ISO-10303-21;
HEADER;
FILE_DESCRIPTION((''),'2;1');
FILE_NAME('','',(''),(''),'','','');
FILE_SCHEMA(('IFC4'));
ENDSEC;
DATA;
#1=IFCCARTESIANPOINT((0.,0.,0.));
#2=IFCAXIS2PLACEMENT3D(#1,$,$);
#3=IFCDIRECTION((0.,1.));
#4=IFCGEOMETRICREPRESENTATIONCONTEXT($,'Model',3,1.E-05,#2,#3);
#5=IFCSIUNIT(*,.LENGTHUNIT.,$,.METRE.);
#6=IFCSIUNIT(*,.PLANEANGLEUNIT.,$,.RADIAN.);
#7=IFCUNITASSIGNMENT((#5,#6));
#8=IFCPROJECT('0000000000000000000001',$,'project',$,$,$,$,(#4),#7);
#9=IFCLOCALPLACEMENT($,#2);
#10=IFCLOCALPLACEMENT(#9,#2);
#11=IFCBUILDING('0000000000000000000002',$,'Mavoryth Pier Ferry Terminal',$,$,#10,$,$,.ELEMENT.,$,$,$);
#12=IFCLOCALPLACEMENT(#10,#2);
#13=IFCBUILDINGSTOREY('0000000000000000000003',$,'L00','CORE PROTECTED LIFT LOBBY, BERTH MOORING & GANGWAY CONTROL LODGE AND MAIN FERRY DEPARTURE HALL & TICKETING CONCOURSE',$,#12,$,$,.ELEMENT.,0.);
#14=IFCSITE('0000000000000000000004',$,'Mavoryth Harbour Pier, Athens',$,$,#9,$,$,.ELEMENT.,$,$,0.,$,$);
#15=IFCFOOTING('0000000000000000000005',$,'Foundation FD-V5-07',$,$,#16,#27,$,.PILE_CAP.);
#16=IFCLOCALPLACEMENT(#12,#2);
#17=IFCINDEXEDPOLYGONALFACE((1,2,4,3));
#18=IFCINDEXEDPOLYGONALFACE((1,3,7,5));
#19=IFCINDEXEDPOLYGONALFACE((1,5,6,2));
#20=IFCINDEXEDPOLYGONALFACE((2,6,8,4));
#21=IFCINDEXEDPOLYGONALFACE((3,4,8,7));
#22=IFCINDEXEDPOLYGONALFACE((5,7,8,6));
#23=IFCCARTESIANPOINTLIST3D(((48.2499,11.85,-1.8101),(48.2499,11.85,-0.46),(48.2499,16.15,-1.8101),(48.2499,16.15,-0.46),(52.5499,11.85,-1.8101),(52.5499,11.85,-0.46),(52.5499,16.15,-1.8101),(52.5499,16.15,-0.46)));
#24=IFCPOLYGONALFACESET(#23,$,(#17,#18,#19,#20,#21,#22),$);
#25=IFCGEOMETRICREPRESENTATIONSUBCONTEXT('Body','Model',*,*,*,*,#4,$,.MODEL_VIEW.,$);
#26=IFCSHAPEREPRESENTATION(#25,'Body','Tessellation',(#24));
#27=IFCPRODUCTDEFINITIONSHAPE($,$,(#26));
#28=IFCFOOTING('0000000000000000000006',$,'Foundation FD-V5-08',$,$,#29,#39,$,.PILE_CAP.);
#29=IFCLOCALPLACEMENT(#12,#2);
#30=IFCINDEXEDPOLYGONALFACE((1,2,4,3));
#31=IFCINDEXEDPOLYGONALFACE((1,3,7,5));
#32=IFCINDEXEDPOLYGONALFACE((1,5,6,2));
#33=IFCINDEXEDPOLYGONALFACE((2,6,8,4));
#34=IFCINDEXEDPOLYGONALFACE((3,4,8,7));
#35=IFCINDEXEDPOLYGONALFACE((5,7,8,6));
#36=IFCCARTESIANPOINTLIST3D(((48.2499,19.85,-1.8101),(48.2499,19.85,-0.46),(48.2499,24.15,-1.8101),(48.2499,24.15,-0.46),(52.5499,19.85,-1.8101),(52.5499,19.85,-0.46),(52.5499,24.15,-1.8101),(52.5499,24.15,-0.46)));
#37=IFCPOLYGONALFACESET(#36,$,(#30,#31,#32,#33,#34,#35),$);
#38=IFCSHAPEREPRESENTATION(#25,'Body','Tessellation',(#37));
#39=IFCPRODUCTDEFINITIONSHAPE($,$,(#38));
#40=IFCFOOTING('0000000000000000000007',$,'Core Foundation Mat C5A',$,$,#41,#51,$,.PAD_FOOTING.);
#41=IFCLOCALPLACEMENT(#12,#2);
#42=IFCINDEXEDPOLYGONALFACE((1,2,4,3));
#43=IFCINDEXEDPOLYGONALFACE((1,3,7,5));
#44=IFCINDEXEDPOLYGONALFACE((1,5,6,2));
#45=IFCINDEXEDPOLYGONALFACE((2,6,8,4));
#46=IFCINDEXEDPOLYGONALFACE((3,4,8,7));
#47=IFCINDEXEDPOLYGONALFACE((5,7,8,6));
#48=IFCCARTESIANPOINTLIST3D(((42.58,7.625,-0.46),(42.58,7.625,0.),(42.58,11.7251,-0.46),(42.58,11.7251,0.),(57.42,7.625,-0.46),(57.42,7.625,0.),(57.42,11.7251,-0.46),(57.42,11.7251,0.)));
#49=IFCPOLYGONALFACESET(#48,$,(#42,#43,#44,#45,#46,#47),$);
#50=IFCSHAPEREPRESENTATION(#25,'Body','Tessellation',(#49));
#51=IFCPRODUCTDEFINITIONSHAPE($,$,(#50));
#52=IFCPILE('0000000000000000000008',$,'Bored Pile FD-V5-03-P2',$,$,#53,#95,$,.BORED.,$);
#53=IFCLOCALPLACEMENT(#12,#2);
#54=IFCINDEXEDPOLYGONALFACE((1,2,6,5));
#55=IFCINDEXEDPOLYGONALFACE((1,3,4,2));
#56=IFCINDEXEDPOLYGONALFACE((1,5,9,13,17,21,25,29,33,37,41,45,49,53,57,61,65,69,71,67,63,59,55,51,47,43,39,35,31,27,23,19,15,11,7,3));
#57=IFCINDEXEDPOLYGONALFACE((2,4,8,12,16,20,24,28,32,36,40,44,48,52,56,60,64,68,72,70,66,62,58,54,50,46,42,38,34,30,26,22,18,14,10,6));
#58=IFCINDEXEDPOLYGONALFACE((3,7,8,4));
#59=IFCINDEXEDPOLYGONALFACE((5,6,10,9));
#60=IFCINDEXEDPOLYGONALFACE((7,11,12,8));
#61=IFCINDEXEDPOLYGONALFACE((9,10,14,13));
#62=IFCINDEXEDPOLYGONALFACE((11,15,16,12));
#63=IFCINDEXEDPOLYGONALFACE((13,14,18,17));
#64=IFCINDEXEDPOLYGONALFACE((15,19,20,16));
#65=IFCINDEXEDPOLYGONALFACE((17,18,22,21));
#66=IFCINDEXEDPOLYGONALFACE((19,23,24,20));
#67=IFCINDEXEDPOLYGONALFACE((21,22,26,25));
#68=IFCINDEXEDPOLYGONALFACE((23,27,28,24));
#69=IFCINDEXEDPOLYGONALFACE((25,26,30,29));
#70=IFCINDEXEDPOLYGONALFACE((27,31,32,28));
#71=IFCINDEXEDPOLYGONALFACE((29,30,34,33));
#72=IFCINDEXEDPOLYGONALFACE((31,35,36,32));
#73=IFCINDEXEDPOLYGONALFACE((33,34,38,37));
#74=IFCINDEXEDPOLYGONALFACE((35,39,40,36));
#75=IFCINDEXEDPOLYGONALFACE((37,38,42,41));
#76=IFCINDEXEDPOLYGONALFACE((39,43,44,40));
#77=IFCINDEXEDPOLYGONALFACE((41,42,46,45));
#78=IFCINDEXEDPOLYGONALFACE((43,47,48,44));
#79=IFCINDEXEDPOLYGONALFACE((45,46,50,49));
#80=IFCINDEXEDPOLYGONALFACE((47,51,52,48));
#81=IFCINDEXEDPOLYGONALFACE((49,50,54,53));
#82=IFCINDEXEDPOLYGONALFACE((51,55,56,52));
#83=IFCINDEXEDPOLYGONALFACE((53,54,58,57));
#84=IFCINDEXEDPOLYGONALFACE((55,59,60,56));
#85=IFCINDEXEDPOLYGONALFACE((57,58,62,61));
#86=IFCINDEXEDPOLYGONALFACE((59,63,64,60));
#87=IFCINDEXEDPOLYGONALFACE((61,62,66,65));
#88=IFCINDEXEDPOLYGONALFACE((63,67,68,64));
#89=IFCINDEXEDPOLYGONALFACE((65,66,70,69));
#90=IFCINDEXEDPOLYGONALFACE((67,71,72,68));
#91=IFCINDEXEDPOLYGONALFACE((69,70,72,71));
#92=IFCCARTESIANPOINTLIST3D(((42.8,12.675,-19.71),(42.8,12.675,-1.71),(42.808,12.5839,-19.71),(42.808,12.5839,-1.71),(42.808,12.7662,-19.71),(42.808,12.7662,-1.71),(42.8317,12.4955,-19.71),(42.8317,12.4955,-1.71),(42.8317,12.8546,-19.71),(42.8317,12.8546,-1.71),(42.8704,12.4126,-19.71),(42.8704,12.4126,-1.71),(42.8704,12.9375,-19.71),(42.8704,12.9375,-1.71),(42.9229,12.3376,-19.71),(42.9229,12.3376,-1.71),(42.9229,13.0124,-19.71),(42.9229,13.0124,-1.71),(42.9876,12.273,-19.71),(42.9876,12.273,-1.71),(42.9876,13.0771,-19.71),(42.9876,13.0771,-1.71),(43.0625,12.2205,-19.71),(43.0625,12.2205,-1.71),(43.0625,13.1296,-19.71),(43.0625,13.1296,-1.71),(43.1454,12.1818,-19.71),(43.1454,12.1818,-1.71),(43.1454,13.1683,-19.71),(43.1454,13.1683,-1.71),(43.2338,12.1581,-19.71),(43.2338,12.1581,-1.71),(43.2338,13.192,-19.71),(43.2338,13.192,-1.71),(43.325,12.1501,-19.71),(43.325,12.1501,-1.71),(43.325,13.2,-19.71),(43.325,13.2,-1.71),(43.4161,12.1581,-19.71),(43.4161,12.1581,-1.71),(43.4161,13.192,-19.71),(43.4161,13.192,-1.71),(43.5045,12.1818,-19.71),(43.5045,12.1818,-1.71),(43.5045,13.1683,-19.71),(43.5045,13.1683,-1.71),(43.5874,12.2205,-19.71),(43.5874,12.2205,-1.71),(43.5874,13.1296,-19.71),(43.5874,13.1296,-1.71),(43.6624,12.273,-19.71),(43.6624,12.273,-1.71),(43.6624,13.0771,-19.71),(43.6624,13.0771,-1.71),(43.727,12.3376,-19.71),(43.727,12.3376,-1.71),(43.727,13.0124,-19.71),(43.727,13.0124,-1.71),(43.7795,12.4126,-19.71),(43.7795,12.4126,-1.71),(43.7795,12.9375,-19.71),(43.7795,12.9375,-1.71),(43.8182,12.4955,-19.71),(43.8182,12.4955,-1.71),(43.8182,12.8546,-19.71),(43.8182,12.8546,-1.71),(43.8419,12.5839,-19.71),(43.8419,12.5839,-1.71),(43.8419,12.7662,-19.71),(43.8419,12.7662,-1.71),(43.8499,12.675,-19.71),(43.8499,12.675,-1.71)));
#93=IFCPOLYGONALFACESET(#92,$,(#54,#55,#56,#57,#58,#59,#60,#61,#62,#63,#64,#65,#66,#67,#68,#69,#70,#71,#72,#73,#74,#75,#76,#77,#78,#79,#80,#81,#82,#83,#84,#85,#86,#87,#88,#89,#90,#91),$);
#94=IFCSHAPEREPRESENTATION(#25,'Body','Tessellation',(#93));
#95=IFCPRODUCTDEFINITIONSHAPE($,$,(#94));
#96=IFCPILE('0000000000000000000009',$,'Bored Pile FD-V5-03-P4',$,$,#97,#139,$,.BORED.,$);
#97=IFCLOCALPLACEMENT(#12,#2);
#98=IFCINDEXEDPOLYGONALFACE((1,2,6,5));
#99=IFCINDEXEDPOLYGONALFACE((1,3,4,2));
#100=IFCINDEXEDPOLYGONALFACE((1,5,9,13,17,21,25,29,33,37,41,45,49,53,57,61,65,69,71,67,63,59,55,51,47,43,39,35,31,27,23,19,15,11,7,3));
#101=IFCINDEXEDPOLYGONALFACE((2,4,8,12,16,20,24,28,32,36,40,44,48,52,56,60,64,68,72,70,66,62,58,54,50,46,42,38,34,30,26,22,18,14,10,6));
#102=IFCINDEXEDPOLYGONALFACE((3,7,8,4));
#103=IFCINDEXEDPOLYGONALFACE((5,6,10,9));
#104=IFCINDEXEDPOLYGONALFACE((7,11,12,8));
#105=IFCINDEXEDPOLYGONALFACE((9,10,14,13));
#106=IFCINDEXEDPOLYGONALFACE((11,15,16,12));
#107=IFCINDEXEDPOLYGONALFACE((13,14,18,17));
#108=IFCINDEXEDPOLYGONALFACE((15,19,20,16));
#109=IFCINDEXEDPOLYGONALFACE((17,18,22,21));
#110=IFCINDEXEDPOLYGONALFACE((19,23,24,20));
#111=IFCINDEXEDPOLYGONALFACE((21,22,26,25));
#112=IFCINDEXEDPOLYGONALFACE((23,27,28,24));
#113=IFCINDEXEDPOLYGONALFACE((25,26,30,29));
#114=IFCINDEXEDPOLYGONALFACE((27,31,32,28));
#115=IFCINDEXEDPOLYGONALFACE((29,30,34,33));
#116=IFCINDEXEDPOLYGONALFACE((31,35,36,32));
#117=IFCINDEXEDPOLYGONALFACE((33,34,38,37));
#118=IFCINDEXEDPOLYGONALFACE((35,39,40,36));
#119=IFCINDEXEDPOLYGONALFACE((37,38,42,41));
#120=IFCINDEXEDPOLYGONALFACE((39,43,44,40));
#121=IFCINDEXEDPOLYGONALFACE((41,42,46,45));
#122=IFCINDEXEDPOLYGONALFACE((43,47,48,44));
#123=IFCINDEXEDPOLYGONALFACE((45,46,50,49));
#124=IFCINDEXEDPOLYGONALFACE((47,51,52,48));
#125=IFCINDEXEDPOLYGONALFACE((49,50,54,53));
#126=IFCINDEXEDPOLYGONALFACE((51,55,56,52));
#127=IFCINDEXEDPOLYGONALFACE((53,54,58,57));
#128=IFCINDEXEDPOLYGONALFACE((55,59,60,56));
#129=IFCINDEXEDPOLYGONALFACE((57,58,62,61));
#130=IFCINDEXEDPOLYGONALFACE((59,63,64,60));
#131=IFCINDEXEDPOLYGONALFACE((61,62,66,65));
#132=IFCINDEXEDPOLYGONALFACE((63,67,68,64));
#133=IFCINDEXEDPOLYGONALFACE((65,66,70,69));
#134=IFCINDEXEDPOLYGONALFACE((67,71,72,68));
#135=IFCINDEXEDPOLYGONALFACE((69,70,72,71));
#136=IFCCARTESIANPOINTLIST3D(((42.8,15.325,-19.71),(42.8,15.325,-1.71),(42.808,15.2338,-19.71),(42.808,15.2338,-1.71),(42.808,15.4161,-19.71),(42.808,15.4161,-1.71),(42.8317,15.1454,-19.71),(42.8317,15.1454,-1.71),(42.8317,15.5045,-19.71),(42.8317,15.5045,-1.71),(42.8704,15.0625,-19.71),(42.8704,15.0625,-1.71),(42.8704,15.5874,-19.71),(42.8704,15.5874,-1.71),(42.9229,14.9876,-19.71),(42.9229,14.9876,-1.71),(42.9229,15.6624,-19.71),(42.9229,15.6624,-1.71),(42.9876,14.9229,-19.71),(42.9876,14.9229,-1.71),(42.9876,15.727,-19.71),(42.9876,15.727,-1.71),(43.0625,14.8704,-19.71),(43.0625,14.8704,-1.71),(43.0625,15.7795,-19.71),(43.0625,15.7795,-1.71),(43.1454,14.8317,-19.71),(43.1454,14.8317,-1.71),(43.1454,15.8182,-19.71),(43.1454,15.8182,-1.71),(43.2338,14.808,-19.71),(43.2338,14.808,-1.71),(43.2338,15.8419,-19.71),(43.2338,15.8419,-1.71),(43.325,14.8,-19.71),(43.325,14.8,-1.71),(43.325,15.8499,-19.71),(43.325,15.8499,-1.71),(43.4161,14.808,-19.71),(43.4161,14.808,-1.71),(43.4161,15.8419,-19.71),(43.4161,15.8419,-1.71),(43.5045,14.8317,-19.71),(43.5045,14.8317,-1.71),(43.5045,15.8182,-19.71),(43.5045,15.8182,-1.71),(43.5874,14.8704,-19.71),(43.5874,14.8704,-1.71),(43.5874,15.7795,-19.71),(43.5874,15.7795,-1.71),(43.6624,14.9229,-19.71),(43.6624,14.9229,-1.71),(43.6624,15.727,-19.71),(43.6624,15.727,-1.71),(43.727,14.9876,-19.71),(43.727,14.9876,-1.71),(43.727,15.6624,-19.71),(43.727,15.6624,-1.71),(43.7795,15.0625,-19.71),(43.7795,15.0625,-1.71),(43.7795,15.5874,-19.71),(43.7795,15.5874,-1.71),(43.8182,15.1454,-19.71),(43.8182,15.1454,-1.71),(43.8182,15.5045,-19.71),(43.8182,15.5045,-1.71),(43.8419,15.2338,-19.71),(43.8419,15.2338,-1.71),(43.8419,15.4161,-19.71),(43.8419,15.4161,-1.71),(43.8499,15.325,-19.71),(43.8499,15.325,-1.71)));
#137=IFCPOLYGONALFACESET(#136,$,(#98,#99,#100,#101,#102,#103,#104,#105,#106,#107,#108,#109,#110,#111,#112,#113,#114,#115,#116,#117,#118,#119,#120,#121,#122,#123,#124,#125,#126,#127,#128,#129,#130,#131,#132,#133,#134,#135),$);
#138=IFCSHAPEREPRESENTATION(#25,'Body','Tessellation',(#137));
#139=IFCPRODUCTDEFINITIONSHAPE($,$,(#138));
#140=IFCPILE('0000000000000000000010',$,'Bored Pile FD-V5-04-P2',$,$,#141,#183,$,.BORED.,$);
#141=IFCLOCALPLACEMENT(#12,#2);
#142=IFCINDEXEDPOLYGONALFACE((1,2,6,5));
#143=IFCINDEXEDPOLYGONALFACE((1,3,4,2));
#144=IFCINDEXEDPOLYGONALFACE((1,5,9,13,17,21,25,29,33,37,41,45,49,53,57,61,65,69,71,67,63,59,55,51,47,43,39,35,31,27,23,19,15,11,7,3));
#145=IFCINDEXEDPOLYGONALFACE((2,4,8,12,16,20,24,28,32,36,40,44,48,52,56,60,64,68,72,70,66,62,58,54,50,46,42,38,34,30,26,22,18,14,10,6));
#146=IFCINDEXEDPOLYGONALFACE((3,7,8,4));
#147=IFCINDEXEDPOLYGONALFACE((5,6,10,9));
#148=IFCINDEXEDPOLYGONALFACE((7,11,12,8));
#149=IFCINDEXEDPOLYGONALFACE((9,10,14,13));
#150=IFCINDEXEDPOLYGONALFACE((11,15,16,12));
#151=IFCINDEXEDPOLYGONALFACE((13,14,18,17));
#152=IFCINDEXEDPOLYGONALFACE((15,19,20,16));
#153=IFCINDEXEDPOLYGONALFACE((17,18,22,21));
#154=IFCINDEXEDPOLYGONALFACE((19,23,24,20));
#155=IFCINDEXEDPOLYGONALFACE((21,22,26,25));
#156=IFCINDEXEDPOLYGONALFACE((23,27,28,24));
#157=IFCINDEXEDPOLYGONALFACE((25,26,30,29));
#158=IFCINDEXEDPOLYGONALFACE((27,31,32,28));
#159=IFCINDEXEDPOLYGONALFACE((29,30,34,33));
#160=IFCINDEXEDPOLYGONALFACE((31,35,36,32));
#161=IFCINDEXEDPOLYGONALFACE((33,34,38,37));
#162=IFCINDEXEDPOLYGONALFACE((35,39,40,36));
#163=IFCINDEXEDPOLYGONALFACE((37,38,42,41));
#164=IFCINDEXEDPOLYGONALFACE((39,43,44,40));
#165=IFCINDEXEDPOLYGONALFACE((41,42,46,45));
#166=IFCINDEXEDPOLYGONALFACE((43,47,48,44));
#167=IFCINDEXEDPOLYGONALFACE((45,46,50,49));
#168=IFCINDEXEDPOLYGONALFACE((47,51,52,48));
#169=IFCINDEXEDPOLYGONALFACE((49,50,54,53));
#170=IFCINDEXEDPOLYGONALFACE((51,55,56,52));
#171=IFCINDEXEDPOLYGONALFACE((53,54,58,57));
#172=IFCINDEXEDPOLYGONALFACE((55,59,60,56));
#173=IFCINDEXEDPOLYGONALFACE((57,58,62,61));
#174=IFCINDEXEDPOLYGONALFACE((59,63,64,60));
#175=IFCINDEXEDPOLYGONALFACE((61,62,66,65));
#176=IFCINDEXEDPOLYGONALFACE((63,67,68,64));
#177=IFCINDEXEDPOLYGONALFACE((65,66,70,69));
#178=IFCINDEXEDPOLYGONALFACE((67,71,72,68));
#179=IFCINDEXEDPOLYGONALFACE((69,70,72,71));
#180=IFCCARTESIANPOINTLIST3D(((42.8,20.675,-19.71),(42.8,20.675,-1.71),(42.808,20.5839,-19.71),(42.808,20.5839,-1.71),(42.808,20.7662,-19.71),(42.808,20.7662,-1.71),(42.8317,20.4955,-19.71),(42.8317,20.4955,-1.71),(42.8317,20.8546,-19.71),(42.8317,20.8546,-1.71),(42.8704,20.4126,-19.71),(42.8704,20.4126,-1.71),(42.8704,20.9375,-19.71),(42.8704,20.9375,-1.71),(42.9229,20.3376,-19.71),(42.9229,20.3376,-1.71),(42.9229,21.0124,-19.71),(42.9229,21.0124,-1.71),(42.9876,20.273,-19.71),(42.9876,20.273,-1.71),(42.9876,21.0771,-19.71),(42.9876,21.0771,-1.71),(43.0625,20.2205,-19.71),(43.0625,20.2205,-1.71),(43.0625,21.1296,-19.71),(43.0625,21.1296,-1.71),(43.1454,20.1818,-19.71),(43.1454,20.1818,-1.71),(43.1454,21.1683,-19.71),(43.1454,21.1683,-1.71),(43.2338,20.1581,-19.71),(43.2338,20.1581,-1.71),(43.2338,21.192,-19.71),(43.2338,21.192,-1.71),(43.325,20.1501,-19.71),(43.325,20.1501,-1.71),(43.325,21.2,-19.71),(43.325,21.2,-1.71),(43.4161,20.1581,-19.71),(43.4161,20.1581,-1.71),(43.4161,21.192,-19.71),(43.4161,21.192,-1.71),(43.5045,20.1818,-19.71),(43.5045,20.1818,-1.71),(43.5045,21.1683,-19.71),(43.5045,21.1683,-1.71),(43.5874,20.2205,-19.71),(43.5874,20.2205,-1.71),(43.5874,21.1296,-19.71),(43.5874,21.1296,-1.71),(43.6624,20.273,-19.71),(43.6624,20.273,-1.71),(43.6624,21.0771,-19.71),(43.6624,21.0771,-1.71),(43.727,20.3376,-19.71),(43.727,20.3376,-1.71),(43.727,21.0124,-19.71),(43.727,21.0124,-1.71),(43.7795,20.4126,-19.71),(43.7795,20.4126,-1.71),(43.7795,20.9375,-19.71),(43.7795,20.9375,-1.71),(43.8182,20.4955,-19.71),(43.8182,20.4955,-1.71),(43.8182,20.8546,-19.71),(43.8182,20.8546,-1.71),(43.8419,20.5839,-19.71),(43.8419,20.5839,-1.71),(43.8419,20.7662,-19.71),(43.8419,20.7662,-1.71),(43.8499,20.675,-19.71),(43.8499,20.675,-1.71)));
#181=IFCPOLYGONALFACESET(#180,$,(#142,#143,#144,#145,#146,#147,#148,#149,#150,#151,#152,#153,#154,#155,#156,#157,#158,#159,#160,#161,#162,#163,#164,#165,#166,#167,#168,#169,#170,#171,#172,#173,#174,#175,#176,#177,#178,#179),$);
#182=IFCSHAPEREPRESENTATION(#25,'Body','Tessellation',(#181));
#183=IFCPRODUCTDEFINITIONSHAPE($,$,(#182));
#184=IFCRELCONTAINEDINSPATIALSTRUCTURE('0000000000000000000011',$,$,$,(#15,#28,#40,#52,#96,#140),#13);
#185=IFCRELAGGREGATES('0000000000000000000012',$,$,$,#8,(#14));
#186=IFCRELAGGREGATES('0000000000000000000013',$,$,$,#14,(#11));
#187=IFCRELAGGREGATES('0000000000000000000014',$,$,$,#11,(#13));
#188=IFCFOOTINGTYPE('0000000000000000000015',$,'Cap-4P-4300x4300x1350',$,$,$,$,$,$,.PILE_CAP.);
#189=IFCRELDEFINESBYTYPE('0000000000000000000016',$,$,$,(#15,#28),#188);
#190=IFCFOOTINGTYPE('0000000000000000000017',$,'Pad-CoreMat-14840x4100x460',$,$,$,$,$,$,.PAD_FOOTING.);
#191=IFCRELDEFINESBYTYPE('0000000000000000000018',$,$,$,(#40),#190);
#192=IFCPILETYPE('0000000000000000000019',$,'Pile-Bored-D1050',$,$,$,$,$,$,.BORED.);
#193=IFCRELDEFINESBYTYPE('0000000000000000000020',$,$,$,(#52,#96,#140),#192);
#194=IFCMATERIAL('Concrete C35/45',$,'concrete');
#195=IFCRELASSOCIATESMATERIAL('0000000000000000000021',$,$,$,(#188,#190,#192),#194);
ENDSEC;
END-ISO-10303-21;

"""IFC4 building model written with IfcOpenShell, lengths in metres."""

from ifc_helpers import new_model, si_unit, direction, frame, origin, origin_2d, place, context, subcontext, project, spatial, rectangle, circle, extrude, material, material_profile, profile_set, type_object, element, save


model = new_model("IFC4")

# Units and contexts
model_context = context("Model", 3, precision=1e-05, world=origin(), true_north=direction((0.0, 1.0)))
body_context = subcontext(model_context, "Body", "Model", "MODEL_VIEW")
ifc_project = project(units=[si_unit("LENGTHUNIT", "METRE"), si_unit("PLANEANGLEUNIT", "RADIAN")], contexts=[model_context])

# Site, building, storey
site_placement = place(None, origin())
site = spatial("IfcSite", under=ifc_project, at=site_placement, Name="Mavoryth Harbour Pier, Athens", CompositionType="ELEMENT", RefElevation=0.0)
building_placement = place(site_placement, origin())
building = spatial("IfcBuilding", under=site, at=building_placement, Name="Mavoryth Pier Ferry Terminal", CompositionType="ELEMENT")
storey_placement = place(building_placement, origin())
storey = spatial("IfcBuildingStorey", under=building, at=storey_placement, Name="L00", Description="CORE PROTECTED LIFT LOBBY, BERTH MOORING & GANGWAY CONTROL LODGE AND MAIN FERRY DEPARTURE HALL & TICKETING CONCOURSE", CompositionType="ELEMENT", Elevation=0.0)

# Footings
ifc_material_1 = material(Name="Concrete C35/45", Category="concrete")
footing_type_1 = type_object("IfcFootingType", Name="Cap-4P-4300x4300x1350", PredefinedType="PILE_CAP", material=ifc_material_1)
for number, where, z_axis, x_axis, name in (
    (1, (50.3999, 14.0, -1.8101), (0.0, 0.0, 1.0), (1.0, 0.0, 0.0), "Foundation FD-V5-07"),
    (2, (50.3999, 22.0, -1.8101), (0.0, 0.0, 1.0), (1.0, 0.0, 0.0), "Foundation FD-V5-08"),
):
    element("IfcFooting", number, at=place(storey_placement, frame(where, z_axis=z_axis, x_axis=x_axis)), inside=storey, type_object=footing_type_1, Name=name, PredefinedType="PILE_CAP", context=body_context, shape_type="SweptSolid", body=[
        extrude(rectangle(XDim=4.3, YDim=4.3, at=origin_2d()), origin(), (0.0, 0.0, 1.0), 1.3501),
    ])
footing_type_2 = type_object("IfcFootingType", Name="Pad-CoreMat-14840x4100x460", PredefinedType="PAD_FOOTING", material=ifc_material_1)
footing_1_placement = place(storey_placement, frame((50.0, 9.675, -0.46), z_axis=(0.0, 0.0, 1.0), x_axis=(1.0, 0.0, 0.0)))
element("IfcFooting", 3, at=footing_1_placement, inside=storey, type_object=footing_type_2, Name="Core Foundation Mat C5A", PredefinedType="PAD_FOOTING", context=body_context, shape_type="SweptSolid", body=[
    extrude(rectangle(XDim=14.8401, YDim=4.1001, at=origin_2d()), origin(), (0.0, 0.0, 1.0), 0.46),
])

# Piles
ifc_material_profile_1 = material_profile(ifc_material_1, circle(Radius=0.5249, at=origin_2d()), Name="PILE D1050", Category="concrete")
ifc_profile_set_1 = profile_set([ifc_material_profile_1], Name="Concrete C35/45 - PILE D1050")
pile_type = type_object("IfcPileType", Name="Pile-Bored-D1050", PredefinedType="BORED", material=ifc_profile_set_1)
for number, where, z_axis, x_axis, name in (
    (4, (43.325, 12.675, -1.71), (0.0, 0.0, -1.0), (1.0, 0.0, 0.0), "Bored Pile FD-V5-03-P2"),
    (5, (43.325, 15.325, -1.71), (0.0, 0.0, -1.0), (1.0, 0.0, 0.0), "Bored Pile FD-V5-03-P4"),
    (6, (43.325, 20.675, -1.71), (0.0, 0.0, -1.0), (1.0, 0.0, 0.0), "Bored Pile FD-V5-04-P2"),
):
    element("IfcPile", number, at=place(storey_placement, frame(where, z_axis=z_axis, x_axis=x_axis)), inside=storey, type_object=pile_type, Name=name, PredefinedType="BORED", context=body_context, shape_type="SweptSolid", body=[
        extrude(circle(Radius=0.5249, at=origin_2d()), origin(), (0.0, 0.0, 1.0), 18.0),
    ])

save(model, "model.ifc")
